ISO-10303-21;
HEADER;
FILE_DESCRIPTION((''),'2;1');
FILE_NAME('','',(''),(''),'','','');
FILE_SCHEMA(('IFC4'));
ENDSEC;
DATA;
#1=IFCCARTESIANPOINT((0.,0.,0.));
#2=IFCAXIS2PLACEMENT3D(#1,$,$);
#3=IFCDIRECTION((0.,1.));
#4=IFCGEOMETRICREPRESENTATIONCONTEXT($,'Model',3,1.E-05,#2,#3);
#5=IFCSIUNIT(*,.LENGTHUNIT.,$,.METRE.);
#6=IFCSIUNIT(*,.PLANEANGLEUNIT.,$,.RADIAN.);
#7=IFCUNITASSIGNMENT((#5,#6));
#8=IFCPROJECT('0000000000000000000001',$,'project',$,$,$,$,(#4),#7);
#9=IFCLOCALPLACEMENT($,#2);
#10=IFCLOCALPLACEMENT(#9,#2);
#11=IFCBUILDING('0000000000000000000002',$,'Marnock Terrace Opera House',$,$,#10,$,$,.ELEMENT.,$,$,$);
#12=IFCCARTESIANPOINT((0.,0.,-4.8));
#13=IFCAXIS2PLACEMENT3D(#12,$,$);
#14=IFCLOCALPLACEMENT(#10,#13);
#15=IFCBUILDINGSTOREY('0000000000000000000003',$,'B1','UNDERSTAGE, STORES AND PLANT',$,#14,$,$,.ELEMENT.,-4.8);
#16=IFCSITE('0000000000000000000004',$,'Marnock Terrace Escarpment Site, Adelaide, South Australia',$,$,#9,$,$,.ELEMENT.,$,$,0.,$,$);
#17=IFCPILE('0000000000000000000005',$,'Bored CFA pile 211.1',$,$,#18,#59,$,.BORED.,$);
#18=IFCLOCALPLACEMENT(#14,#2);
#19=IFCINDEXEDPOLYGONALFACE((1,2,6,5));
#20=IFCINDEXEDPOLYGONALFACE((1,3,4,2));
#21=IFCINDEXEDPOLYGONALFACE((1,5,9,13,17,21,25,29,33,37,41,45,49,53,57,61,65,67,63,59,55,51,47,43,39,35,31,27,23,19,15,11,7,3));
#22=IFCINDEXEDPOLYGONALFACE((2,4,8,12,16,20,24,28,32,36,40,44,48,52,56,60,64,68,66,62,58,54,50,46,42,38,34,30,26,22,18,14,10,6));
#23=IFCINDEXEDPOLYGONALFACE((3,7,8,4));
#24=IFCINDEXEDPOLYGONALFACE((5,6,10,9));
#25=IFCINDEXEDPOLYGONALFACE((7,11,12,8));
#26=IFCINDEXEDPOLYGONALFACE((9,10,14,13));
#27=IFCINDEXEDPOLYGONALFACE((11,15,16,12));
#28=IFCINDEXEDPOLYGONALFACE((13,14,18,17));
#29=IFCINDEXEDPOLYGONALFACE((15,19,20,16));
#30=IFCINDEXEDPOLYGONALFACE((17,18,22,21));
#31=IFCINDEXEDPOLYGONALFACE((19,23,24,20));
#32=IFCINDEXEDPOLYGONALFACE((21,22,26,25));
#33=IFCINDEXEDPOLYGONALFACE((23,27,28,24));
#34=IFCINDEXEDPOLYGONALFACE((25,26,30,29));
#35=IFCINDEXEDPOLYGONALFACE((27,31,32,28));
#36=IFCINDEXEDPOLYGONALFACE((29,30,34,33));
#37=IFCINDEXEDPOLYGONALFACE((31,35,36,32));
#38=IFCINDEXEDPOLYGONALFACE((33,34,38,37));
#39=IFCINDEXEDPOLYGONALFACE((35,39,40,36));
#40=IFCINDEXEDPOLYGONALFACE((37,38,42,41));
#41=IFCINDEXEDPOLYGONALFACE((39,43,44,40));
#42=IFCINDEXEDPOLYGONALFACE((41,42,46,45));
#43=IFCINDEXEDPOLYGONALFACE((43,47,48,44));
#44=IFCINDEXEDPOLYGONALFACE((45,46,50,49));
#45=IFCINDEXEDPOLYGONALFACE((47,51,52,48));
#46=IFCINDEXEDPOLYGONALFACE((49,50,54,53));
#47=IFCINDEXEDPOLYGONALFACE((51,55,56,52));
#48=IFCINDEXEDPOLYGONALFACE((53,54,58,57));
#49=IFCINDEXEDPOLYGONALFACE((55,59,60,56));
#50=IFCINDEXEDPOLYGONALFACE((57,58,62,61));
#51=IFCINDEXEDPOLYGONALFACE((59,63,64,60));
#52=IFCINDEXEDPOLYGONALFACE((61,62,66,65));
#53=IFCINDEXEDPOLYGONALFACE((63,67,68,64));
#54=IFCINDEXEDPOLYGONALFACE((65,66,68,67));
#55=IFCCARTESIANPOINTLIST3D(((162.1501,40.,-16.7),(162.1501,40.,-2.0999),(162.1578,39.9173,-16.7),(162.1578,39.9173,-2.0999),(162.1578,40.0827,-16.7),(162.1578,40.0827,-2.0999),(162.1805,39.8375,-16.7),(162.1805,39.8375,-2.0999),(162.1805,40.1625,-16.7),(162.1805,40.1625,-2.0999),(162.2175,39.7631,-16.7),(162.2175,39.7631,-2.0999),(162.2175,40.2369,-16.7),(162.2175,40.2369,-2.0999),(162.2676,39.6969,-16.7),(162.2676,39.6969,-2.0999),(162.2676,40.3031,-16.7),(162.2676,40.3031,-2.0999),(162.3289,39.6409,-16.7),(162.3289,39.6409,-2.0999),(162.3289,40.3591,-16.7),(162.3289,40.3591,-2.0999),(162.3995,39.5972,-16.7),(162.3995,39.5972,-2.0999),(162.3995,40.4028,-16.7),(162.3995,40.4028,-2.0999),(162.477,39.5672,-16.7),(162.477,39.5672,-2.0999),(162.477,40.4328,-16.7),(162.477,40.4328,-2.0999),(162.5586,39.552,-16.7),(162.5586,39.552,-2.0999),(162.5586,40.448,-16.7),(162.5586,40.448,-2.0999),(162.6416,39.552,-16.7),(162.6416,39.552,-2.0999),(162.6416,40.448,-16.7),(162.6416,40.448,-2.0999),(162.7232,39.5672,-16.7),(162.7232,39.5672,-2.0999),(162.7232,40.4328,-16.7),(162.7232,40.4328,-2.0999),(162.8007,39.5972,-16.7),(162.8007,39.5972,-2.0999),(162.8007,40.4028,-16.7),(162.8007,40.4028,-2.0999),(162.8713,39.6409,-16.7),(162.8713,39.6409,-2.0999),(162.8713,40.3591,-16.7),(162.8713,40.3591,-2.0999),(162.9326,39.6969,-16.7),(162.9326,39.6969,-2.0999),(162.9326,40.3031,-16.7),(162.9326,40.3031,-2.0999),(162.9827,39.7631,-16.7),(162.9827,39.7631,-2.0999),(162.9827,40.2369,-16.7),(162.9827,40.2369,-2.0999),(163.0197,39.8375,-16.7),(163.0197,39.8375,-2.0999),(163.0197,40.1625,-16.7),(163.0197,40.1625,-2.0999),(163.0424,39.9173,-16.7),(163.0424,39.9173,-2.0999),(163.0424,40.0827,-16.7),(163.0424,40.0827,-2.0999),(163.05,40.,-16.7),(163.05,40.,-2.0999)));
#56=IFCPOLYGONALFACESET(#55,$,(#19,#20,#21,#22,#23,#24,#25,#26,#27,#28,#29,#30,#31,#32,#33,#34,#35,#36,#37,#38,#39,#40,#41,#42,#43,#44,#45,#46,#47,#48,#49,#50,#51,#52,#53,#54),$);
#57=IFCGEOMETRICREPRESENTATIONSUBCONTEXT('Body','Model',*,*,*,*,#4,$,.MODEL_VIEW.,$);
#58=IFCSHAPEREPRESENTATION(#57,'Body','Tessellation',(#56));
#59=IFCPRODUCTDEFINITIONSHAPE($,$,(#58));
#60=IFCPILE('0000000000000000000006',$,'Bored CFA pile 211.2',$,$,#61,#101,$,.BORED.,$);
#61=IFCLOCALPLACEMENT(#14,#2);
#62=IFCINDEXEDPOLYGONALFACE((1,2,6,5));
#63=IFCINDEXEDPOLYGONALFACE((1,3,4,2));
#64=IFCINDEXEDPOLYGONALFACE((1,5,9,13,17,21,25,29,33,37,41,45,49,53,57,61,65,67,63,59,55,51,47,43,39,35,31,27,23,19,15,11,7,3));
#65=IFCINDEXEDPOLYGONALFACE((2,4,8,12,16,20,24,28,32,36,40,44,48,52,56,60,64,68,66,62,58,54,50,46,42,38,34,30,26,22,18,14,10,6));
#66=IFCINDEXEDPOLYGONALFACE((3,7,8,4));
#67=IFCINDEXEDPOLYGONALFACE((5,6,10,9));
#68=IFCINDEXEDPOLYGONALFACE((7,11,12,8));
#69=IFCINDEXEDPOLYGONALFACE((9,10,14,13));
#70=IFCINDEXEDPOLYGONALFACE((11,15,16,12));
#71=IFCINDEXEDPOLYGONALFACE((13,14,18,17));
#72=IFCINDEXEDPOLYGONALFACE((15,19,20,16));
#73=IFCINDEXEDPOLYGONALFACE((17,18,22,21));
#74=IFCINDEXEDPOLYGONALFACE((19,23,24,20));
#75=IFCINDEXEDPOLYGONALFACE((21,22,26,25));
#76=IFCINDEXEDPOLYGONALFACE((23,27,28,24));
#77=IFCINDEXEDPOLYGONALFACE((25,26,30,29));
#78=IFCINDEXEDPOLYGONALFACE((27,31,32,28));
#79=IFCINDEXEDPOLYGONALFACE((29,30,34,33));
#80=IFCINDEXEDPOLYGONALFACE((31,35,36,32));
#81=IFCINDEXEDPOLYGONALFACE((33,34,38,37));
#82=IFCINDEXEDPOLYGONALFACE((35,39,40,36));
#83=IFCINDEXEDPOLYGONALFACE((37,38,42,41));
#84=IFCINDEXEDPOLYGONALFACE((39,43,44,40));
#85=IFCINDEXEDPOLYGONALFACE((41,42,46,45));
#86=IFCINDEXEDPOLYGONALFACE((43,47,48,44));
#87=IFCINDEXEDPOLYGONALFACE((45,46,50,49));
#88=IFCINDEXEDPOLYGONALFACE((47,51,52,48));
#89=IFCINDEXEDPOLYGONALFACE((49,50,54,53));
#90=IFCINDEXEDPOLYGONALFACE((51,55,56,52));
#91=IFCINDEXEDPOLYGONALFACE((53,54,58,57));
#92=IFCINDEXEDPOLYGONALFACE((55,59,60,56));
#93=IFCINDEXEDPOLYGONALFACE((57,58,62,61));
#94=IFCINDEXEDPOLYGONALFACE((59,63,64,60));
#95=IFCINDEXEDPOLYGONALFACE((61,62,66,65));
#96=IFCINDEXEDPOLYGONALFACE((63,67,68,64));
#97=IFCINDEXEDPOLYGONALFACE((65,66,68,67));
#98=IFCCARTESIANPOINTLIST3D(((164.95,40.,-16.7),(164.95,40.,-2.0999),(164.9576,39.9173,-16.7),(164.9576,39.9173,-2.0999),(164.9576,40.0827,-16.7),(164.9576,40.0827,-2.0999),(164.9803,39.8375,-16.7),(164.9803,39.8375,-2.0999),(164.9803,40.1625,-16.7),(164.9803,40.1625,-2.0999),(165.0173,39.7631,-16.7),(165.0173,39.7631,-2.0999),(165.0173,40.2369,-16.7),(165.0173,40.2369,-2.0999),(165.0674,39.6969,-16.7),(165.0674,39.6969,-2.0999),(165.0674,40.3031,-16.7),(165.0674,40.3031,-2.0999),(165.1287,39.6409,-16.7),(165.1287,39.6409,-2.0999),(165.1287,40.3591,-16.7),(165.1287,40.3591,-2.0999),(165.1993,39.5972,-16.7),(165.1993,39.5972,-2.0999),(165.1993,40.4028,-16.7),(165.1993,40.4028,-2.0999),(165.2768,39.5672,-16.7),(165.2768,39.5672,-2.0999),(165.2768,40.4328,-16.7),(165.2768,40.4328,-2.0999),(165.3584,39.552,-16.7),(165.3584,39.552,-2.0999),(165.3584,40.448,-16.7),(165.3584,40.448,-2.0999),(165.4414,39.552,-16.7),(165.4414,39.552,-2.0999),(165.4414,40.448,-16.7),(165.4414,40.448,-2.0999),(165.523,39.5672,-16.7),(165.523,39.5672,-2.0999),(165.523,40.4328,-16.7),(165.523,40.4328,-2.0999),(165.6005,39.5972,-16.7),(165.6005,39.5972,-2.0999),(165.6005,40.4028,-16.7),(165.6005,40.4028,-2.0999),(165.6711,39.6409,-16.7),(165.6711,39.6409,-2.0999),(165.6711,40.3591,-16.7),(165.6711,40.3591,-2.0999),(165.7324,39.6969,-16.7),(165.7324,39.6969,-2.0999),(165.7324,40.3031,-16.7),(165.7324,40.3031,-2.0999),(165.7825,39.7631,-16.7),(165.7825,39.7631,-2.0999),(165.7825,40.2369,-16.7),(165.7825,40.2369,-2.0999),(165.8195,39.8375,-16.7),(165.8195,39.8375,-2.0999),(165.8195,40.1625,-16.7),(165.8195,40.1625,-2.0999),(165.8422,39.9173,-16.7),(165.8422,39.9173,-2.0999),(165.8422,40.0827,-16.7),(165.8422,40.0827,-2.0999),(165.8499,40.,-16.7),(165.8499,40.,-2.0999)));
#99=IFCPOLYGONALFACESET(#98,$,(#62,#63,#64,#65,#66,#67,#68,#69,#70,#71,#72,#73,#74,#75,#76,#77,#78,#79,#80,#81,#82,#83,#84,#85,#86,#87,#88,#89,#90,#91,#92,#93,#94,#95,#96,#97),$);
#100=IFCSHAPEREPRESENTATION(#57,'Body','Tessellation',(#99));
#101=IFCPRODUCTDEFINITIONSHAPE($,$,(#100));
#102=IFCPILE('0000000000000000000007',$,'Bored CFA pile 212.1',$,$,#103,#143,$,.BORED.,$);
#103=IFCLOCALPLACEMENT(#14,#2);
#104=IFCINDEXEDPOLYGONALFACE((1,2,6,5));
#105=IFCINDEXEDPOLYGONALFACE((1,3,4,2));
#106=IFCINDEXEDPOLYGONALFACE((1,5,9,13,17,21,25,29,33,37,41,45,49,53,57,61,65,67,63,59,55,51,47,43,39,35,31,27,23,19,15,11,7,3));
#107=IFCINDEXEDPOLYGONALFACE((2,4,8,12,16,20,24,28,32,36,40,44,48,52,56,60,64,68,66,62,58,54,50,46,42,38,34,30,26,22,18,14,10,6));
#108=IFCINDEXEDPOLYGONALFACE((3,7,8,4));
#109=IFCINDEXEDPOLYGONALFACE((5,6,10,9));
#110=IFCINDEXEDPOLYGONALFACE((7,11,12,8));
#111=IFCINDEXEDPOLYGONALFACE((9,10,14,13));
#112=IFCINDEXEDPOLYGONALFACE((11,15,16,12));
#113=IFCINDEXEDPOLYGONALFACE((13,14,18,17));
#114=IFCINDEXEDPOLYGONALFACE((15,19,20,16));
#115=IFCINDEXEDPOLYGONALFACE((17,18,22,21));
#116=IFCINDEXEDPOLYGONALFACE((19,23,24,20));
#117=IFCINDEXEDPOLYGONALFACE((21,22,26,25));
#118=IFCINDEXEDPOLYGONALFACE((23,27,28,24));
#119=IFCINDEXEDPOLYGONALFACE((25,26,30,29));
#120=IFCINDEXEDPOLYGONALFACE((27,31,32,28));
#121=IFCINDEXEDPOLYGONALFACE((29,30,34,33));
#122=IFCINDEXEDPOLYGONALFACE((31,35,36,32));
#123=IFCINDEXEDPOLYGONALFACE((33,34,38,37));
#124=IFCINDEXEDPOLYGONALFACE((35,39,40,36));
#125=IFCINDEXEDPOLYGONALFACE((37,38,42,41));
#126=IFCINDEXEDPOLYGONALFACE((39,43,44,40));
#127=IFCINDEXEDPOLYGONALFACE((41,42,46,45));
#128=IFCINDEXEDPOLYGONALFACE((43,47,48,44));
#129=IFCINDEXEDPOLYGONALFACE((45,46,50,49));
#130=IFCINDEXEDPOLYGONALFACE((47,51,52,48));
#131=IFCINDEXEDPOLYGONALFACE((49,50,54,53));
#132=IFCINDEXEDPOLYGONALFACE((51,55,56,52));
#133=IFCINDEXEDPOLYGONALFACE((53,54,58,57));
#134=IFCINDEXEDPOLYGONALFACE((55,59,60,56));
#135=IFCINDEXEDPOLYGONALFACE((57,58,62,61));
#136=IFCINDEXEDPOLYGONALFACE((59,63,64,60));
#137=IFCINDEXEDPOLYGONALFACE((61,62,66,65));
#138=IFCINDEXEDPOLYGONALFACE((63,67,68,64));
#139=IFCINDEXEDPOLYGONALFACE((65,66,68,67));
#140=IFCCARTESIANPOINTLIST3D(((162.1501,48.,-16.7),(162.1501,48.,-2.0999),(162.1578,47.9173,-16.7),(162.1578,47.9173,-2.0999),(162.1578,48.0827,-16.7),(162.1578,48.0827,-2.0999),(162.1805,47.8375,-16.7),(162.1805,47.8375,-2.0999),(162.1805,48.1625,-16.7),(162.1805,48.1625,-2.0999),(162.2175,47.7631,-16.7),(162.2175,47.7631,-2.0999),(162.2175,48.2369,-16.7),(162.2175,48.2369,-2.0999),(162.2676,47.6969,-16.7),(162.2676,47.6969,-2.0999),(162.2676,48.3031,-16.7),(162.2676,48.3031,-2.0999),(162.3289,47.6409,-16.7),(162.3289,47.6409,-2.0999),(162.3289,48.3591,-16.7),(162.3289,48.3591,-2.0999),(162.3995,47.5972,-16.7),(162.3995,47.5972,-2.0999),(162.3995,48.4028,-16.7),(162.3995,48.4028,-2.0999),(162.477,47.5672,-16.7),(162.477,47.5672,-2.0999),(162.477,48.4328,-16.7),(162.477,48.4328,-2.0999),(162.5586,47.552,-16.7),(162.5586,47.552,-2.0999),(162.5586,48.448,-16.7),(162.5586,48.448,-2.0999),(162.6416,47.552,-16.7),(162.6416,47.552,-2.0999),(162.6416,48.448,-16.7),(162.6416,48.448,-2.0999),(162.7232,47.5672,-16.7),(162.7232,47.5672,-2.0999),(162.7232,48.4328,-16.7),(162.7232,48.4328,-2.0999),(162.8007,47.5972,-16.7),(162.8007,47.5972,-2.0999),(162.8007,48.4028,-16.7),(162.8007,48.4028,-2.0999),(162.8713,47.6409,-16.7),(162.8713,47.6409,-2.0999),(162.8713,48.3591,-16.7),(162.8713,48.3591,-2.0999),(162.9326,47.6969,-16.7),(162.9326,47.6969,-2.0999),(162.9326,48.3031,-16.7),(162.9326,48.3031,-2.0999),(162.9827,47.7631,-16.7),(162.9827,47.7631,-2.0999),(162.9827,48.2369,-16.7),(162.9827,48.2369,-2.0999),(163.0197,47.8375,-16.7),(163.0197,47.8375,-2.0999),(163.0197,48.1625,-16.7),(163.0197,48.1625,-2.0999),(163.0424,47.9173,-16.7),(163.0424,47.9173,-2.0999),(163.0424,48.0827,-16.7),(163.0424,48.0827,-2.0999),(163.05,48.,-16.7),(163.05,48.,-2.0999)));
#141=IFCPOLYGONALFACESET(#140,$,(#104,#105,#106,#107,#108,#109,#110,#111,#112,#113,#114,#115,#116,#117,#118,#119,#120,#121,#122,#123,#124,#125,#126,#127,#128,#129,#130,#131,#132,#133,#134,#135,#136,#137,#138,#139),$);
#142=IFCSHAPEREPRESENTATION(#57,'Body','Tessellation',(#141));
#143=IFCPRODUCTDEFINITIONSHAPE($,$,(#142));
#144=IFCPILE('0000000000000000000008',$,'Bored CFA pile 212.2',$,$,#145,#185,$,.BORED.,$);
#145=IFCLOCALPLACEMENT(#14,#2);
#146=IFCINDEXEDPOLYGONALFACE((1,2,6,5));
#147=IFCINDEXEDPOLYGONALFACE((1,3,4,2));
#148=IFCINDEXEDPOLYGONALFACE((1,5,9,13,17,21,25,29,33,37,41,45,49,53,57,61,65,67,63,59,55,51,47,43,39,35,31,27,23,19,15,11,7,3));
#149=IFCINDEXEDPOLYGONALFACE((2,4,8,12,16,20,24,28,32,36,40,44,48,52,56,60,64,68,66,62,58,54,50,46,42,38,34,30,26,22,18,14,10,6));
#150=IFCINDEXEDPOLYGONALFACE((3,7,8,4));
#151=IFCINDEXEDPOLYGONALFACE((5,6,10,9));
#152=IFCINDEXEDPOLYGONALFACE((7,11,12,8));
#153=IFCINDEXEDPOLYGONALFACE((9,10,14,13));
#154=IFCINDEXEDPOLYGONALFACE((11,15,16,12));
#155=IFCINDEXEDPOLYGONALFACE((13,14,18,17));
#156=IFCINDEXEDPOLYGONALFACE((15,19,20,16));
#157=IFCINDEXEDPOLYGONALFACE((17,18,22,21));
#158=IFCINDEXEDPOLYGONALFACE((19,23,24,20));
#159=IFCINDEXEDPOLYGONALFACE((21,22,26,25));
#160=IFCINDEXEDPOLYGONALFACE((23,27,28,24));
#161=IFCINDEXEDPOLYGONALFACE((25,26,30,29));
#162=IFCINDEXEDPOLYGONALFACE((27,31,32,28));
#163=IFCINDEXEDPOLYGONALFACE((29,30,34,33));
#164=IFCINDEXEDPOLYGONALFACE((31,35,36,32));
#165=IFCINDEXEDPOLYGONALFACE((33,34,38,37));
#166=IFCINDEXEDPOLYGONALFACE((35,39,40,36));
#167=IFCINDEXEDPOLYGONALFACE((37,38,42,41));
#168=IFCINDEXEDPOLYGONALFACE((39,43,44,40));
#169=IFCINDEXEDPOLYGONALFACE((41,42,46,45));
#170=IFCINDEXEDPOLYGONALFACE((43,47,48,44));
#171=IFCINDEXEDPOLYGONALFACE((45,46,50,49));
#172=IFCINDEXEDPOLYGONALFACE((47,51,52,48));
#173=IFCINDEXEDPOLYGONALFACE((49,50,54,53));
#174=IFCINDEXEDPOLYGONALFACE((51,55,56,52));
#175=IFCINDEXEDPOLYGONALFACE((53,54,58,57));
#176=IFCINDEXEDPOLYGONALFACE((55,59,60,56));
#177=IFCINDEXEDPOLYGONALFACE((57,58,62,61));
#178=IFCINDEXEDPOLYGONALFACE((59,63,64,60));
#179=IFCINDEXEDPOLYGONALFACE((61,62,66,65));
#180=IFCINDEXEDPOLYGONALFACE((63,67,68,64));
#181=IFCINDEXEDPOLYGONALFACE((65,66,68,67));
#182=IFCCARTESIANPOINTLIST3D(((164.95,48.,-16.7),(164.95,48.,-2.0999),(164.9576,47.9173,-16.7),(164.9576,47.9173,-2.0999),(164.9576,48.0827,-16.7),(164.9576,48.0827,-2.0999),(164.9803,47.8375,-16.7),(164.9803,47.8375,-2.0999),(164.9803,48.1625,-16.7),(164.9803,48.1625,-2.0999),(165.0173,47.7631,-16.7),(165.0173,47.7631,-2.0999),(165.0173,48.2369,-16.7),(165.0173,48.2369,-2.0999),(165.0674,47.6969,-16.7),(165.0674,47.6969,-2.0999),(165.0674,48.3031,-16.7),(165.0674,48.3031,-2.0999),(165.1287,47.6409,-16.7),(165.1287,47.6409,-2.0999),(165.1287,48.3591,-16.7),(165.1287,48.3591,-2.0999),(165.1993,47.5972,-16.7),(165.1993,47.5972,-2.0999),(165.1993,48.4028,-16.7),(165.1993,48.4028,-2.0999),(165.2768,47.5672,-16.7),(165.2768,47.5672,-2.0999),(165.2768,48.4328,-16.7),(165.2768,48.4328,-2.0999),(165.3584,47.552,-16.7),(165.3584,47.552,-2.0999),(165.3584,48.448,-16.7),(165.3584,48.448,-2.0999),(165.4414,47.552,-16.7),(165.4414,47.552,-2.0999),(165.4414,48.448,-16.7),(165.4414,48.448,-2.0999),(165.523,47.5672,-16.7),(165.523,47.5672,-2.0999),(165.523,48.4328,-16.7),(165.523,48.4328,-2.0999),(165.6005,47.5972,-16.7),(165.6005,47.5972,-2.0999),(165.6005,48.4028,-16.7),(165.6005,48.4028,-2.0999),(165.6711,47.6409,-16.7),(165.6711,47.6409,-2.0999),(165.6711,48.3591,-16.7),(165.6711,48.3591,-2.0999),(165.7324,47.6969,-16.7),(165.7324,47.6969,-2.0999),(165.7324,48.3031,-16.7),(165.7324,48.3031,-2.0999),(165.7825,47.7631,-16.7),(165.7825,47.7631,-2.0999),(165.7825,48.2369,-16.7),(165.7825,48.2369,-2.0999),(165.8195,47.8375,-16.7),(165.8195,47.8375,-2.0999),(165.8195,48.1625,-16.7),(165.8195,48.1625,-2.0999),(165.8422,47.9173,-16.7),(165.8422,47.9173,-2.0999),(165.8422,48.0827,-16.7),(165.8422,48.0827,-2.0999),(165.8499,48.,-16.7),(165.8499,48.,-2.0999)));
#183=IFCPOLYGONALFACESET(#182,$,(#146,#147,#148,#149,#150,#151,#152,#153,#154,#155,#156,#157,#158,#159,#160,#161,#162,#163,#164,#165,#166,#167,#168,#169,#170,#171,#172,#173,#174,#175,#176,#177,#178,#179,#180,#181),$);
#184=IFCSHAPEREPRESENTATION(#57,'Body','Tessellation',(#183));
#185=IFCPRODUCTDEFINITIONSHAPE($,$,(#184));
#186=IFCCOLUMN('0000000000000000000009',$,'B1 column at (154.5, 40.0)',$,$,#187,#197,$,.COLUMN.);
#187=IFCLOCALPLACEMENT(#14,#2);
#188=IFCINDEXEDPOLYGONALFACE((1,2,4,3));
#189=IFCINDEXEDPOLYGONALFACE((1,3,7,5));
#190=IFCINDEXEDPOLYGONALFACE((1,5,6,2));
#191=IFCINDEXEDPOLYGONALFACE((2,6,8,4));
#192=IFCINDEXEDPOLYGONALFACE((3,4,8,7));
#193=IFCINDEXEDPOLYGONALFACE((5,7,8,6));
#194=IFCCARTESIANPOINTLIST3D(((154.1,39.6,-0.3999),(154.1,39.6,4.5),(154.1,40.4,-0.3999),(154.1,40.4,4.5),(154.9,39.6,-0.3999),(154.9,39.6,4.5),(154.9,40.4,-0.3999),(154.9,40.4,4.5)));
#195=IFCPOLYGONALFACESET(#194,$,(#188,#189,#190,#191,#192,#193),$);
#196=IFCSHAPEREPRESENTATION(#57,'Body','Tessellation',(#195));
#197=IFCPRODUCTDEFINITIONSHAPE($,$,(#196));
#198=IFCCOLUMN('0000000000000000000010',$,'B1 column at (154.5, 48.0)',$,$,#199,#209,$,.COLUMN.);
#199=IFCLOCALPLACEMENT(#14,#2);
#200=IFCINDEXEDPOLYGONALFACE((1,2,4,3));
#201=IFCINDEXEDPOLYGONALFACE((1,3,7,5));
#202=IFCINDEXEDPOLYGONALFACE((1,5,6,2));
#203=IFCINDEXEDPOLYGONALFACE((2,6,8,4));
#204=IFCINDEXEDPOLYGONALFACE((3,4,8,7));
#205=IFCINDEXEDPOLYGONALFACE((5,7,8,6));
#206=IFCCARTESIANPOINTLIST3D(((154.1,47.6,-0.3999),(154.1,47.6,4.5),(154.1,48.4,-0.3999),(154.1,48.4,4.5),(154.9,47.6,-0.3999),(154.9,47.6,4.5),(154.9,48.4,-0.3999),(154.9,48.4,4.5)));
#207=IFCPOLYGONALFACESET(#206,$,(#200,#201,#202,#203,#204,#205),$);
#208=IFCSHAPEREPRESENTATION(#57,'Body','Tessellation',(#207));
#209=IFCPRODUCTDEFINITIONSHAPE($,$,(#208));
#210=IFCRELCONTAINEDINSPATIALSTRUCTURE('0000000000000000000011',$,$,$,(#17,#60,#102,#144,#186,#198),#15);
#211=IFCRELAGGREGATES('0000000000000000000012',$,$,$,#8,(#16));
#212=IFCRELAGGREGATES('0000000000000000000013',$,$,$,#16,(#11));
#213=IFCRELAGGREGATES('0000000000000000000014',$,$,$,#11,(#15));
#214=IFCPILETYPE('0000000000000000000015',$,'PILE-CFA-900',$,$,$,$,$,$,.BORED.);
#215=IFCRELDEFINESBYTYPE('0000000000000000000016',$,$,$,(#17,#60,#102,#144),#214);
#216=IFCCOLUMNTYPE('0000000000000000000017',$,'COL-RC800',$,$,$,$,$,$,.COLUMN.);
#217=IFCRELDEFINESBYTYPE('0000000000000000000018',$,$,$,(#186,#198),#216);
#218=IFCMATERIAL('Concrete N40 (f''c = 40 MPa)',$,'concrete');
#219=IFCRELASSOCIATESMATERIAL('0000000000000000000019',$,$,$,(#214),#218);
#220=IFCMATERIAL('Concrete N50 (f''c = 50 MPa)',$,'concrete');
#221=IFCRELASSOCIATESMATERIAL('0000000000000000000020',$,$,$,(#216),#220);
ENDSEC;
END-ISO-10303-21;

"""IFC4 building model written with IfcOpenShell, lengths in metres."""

from ifc_helpers import new_model, si_unit, direction, frame, origin, origin_2d, place, context, subcontext, project, spatial, rectangle, circle, extrude, material, material_profile, profile_set, type_object, element, save


model = new_model("IFC4")

# Units and contexts
model_context = context("Model", 3, precision=1e-05, world=origin(), true_north=direction((0.0, 1.0)))
body_context = subcontext(model_context, "Body", "Model", "MODEL_VIEW")
ifc_project = project(units=[si_unit("LENGTHUNIT", "METRE"), si_unit("PLANEANGLEUNIT", "RADIAN")], contexts=[model_context])

# Site, building, storey
site_placement = place(None, origin())
site = spatial("IfcSite", under=ifc_project, at=site_placement, Name="Marnock Terrace Escarpment Site, Adelaide, South Australia", CompositionType="ELEMENT", RefElevation=0.0)
building_placement = place(site_placement, origin())
building = spatial("IfcBuilding", under=site, at=building_placement, Name="Marnock Terrace Opera House", CompositionType="ELEMENT")
storey_placement = place(building_placement, frame((0.0, 0.0, -4.8)))
storey = spatial("IfcBuildingStorey", under=building, at=storey_placement, Name="B1", Description="UNDERSTAGE, STORES AND PLANT", CompositionType="ELEMENT", Elevation=-4.8)

# Shared definitions
ifc_material_1 = material(Name="Concrete N40 (f'c = 40 MPa)", Category="concrete")

# Piles
ifc_material_profile_1 = material_profile(ifc_material_1, circle(Radius=0.45, at=origin_2d()))
ifc_profile_set_1 = profile_set([ifc_material_profile_1], Name="Concrete N40 (f'c = 40 MPa)")
pile_type = type_object("IfcPileType", Name="PILE-CFA-900", PredefinedType="BORED", material=ifc_profile_set_1)
for number, where, z_axis, x_axis, name in (
    (1, (162.6001, 40.0, -2.0999), (0.0, 0.0, -1.0), (1.0, 0.0, 0.0), "Bored CFA pile 211.1"),
    (2, (165.3999, 40.0, -2.0999), (0.0, 0.0, -1.0), (1.0, 0.0, 0.0), "Bored CFA pile 211.2"),
    (3, (162.6001, 48.0, -2.0999), (0.0, 0.0, -1.0), (1.0, 0.0, 0.0), "Bored CFA pile 212.1"),
    (4, (165.3999, 48.0, -2.0999), (0.0, 0.0, -1.0), (1.0, 0.0, 0.0), "Bored CFA pile 212.2"),
):
    element("IfcPile", number, at=place(storey_placement, frame(where, z_axis=z_axis, x_axis=x_axis)), inside=storey, type_object=pile_type, Name=name, PredefinedType="BORED", context=body_context, shape_type="SweptSolid", body=[
        extrude(circle(Radius=0.45, at=origin_2d()), origin(), (0.0, 0.0, 1.0), 14.6001),
    ])

# Columns
ifc_material_2 = material(Name="Concrete N50 (f'c = 50 MPa)", Category="concrete")
ifc_material_profile_2 = material_profile(ifc_material_2, rectangle(XDim=0.8, YDim=0.8, at=origin_2d()))
ifc_profile_set_2 = profile_set([ifc_material_profile_2], Name="Concrete N50 (f'c = 50 MPa)")
column_type = type_object("IfcColumnType", Name="COL-RC800", PredefinedType="COLUMN", material=ifc_profile_set_2)
for number, where, z_axis, x_axis, name in (
    (5, (154.5, 40.0, -0.3999), (0.0, 0.0, 1.0), (1.0, 0.0, 0.0), "B1 column at (154.5, 40.0)"),
    (6, (154.5, 48.0, -0.3999), (0.0, 0.0, 1.0), (1.0, 0.0, 0.0), "B1 column at (154.5, 48.0)"),
):
    element("IfcColumn", number, at=place(storey_placement, frame(where, z_axis=z_axis, x_axis=x_axis)), inside=storey, type_object=column_type, Name=name, PredefinedType="COLUMN", context=body_context, shape_type="SweptSolid", body=[
        extrude(rectangle(XDim=0.8, YDim=0.8, at=origin_2d()), origin(), (0.0, 0.0, 1.0), 4.8999),
    ])

save(model, "model.ifc")
